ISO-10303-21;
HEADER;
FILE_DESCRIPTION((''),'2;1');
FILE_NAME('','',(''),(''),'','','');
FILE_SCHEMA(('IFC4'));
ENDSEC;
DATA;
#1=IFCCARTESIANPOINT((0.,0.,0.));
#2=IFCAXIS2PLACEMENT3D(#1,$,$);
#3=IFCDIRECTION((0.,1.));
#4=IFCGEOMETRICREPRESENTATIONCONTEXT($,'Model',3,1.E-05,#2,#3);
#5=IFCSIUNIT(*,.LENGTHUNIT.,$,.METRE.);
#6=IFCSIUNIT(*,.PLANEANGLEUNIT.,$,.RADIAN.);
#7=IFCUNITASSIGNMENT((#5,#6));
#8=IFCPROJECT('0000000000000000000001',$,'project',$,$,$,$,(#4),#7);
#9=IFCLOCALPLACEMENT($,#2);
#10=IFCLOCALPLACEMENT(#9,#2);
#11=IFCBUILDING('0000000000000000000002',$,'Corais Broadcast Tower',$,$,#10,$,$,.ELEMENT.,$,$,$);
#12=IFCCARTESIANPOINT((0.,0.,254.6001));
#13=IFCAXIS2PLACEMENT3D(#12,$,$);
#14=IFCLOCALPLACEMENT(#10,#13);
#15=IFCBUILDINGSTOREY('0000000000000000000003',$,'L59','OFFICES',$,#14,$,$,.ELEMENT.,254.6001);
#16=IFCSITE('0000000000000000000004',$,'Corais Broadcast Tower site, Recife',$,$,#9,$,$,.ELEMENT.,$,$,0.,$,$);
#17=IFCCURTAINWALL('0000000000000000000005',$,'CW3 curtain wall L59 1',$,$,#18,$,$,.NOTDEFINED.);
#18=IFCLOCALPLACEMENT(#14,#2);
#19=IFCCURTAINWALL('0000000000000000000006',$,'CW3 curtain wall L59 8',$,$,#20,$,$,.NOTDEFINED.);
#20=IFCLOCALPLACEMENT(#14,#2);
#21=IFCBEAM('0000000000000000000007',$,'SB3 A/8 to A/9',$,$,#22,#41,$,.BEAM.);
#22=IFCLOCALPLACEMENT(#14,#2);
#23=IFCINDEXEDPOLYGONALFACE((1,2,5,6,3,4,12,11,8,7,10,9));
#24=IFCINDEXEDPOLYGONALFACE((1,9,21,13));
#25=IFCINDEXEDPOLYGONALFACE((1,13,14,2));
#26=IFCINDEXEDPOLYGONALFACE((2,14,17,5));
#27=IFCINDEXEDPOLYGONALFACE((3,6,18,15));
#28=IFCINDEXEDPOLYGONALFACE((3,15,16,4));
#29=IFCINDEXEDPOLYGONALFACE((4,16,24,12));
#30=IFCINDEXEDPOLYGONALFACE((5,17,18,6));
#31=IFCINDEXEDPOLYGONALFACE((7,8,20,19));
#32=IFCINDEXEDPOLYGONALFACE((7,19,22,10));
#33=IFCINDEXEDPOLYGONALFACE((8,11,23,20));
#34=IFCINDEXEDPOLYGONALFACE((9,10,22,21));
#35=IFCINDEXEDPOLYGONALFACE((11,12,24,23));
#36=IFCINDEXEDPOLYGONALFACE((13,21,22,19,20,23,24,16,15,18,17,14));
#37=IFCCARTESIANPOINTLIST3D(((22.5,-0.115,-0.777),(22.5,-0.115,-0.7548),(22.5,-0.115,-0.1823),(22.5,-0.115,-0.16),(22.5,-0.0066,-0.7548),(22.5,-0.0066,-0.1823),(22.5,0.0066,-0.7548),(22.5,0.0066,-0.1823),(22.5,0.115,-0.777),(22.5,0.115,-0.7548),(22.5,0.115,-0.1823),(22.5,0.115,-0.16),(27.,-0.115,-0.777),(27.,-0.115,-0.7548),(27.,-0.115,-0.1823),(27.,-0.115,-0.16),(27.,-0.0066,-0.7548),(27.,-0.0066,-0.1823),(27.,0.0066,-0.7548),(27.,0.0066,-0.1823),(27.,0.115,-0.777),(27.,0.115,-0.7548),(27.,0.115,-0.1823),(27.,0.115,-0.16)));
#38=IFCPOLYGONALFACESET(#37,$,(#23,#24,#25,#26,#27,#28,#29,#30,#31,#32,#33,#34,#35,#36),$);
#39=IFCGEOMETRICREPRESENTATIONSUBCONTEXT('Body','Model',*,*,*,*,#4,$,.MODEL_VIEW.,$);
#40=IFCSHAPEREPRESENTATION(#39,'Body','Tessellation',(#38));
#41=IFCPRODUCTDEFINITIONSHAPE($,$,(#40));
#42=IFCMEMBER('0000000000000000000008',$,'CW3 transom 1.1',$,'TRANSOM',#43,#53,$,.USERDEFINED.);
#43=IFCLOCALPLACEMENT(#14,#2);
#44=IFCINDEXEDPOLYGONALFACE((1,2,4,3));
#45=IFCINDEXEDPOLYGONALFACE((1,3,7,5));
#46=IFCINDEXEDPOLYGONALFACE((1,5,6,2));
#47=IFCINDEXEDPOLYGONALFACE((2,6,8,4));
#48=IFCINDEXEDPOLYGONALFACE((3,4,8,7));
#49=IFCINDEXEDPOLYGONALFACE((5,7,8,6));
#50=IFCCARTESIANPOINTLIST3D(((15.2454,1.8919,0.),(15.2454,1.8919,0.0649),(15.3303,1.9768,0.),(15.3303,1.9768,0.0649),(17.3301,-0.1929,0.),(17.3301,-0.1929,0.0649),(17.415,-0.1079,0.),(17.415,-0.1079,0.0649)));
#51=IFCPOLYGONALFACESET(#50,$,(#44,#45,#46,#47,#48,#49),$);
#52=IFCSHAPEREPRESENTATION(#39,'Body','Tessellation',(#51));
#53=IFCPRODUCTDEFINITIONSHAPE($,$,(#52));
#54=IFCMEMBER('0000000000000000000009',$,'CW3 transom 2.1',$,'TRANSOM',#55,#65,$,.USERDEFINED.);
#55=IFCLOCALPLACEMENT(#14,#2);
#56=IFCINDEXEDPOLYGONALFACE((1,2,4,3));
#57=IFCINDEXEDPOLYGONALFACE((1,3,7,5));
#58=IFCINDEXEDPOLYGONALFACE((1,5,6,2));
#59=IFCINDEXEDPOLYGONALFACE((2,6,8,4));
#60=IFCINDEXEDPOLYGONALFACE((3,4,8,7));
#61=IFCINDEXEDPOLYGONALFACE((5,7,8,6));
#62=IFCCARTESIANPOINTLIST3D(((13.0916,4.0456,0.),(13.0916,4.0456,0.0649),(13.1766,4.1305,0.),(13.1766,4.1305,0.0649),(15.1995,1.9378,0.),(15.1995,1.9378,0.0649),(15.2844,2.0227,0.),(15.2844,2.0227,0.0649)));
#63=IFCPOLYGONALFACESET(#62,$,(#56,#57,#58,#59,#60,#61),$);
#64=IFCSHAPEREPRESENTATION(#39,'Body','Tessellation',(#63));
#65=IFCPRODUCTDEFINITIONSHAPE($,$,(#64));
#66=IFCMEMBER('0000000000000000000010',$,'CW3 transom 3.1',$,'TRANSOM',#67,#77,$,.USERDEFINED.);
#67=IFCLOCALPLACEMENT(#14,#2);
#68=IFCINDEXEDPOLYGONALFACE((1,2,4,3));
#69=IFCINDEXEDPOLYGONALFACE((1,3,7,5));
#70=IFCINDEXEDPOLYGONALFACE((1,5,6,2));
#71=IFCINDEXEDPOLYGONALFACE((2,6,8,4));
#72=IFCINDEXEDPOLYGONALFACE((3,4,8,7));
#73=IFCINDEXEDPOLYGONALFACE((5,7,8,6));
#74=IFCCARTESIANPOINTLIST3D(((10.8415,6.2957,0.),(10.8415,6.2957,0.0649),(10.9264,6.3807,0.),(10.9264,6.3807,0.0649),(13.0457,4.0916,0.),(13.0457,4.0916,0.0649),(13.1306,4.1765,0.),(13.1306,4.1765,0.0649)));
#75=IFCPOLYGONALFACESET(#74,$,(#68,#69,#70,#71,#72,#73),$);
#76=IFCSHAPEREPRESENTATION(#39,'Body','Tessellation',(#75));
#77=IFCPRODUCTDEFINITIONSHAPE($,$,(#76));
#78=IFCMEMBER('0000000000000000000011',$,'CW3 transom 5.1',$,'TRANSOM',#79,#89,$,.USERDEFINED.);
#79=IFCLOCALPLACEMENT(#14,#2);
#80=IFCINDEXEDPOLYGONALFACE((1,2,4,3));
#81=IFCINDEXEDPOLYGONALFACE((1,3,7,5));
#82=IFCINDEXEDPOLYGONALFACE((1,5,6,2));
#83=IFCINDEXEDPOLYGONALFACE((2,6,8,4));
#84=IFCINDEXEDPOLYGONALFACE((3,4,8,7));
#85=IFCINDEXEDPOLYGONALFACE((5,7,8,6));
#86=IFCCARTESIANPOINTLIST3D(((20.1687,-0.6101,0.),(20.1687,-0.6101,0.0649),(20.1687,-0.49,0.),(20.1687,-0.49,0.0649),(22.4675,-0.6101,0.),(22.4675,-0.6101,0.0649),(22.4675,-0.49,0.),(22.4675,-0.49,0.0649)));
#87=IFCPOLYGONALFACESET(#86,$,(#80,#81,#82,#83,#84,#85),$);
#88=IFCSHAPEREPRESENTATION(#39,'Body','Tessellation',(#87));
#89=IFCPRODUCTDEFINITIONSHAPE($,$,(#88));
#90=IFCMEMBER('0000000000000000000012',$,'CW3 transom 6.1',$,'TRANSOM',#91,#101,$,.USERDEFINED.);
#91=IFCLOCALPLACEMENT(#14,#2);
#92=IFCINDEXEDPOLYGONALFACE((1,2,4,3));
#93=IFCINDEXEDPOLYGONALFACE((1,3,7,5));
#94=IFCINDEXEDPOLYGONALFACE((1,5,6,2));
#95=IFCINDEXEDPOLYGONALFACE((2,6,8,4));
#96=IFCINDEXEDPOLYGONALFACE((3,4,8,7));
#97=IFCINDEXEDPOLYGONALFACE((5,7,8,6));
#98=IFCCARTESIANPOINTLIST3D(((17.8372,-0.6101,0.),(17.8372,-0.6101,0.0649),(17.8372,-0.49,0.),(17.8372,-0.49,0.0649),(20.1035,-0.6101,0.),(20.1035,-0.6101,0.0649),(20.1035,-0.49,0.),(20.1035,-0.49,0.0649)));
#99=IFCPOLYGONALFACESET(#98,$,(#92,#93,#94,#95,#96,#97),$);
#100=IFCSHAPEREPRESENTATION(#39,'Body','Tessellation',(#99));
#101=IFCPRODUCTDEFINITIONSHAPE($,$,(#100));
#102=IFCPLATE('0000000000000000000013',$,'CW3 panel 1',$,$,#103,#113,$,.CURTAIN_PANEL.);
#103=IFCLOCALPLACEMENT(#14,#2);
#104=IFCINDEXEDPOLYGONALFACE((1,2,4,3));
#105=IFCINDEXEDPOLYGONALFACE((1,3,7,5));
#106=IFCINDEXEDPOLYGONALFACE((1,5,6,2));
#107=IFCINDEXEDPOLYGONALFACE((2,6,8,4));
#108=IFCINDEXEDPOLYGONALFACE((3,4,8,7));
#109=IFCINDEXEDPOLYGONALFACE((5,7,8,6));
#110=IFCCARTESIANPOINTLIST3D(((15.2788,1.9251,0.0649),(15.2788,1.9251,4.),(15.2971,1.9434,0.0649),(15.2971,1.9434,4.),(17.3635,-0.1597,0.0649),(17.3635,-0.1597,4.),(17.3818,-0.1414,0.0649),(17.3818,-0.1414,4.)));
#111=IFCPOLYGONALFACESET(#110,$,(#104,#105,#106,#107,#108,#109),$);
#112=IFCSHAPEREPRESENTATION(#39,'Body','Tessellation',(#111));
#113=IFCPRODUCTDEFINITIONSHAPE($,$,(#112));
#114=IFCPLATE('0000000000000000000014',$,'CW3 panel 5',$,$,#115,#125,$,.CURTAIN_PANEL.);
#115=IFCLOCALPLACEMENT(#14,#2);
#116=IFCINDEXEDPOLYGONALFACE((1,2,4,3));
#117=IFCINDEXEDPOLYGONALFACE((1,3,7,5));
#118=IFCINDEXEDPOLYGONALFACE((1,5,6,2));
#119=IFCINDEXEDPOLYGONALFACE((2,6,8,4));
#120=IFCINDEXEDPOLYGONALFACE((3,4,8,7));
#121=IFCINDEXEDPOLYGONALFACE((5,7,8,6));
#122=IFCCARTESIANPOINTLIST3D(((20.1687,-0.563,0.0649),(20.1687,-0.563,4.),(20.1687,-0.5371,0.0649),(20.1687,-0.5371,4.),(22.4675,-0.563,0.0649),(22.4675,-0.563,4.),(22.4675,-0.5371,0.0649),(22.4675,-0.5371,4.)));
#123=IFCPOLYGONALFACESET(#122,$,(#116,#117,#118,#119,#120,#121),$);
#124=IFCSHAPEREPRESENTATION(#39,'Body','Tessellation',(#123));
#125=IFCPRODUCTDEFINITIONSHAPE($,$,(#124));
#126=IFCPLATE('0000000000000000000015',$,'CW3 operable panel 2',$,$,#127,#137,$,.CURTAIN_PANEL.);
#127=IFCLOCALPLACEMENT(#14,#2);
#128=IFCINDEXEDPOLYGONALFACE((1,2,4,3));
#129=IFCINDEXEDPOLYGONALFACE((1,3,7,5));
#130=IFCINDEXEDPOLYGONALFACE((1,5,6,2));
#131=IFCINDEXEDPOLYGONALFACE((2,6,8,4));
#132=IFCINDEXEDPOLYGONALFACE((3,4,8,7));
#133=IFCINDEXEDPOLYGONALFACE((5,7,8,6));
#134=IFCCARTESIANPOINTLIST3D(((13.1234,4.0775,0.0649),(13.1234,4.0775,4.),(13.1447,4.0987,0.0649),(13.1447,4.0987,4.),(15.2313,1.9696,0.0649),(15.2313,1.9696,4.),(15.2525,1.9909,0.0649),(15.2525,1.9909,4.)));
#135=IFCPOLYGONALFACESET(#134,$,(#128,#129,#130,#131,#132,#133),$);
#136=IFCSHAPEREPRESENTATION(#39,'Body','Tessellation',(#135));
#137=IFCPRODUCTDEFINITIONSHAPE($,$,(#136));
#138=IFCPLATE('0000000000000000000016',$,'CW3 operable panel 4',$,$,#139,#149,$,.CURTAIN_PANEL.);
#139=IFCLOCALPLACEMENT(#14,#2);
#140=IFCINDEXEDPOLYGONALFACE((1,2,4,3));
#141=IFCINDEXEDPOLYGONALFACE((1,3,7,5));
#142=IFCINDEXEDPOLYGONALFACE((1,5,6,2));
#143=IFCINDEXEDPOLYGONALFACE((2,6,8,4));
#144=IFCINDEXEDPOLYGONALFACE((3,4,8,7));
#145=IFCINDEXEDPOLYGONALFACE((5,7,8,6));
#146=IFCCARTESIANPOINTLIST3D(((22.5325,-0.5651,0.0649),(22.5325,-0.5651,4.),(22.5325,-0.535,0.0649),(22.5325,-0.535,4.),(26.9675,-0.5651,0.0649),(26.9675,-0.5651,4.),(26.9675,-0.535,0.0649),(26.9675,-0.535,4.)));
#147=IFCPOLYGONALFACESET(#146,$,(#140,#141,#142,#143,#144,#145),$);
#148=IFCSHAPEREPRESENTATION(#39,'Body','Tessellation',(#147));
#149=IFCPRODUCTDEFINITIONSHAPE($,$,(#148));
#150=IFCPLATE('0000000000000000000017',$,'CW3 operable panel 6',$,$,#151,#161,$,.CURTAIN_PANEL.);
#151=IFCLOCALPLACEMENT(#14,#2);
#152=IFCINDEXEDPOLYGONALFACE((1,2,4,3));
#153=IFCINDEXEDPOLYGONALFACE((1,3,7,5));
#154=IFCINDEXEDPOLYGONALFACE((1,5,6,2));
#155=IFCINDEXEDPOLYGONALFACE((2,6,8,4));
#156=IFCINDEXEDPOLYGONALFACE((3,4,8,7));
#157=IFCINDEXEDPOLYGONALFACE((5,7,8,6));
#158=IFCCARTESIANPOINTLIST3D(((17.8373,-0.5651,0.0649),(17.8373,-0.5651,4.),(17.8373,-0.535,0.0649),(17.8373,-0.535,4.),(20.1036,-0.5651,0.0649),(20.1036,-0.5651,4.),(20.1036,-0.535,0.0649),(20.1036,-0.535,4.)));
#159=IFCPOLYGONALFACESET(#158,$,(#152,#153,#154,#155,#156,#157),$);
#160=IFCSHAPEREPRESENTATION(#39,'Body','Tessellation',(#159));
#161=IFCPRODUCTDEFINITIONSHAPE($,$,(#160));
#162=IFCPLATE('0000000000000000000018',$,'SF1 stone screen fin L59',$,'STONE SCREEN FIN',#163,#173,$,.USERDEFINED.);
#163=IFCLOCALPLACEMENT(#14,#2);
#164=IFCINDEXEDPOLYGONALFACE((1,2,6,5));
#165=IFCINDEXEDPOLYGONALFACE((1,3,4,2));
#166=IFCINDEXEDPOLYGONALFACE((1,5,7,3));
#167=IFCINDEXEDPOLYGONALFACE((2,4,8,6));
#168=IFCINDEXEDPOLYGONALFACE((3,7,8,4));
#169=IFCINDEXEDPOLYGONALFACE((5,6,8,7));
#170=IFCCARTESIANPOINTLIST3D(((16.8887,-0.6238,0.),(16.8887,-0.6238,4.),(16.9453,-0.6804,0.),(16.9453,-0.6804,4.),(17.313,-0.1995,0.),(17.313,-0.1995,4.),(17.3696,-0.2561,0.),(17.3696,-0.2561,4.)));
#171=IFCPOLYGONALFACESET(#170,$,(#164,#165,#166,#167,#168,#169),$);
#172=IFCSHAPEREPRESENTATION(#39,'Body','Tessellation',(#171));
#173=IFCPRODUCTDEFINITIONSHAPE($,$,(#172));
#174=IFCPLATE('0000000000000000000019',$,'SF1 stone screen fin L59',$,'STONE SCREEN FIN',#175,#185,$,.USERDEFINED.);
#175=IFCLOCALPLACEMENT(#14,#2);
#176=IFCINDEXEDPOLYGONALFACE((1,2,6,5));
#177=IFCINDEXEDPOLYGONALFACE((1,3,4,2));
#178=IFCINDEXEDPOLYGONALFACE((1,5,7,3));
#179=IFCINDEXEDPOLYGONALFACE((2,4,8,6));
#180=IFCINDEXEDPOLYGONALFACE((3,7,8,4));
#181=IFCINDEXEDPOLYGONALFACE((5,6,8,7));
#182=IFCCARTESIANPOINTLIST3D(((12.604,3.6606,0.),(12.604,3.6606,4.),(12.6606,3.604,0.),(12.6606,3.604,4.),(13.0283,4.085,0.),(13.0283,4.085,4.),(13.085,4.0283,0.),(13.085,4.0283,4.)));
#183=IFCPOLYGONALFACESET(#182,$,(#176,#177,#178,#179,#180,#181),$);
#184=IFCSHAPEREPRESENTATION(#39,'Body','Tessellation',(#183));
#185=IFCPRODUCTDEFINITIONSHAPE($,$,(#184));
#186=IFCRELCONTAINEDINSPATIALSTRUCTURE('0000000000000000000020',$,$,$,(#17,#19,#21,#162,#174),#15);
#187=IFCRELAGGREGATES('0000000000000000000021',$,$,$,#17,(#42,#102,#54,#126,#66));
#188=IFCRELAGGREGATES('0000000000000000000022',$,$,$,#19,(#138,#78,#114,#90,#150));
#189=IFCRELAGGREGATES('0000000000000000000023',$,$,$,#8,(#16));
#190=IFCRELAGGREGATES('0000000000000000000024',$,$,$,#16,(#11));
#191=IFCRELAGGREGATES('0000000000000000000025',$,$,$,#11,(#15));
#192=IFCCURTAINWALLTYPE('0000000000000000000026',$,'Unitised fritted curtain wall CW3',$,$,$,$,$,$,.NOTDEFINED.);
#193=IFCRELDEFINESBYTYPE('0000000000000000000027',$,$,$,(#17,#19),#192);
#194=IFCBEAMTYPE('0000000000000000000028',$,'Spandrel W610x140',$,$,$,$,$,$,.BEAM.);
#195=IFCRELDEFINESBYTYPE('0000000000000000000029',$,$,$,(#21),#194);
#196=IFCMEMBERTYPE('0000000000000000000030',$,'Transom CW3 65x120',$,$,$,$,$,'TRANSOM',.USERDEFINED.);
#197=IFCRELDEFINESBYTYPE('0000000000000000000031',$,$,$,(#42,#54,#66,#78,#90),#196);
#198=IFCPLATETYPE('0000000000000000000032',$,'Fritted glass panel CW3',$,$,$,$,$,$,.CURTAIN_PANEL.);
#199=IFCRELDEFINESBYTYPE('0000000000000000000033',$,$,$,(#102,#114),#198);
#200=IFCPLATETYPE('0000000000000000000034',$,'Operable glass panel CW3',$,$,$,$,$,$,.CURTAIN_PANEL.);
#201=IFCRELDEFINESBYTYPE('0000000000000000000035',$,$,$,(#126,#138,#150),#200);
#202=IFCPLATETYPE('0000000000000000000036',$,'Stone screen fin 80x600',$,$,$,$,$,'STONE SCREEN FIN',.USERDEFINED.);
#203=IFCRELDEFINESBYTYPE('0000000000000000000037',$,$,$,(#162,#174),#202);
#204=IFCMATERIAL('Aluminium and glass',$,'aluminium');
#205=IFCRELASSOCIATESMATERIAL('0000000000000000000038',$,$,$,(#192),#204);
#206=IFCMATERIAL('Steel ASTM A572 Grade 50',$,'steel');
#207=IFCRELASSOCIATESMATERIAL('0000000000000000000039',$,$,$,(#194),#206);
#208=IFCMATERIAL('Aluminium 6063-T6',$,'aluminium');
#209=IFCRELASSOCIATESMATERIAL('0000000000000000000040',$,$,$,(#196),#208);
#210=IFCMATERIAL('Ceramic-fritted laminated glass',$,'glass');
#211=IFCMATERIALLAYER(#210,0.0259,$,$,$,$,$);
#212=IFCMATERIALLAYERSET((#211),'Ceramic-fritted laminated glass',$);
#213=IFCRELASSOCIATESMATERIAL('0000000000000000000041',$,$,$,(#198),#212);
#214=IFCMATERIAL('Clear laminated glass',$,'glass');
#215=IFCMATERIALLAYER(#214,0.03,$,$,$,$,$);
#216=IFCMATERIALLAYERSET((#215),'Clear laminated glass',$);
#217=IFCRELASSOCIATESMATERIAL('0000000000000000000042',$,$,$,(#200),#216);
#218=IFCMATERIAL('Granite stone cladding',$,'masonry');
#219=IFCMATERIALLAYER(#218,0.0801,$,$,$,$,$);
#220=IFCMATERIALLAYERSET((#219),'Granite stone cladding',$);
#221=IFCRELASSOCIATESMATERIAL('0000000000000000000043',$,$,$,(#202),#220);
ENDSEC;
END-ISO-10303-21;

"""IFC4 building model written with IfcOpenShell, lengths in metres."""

from ifc_helpers import new_model, si_unit, direction, frame, origin, origin_2d, place, context, subcontext, project, spatial, rectangle, i_section, extrude, material, layer, layer_set, material_profile, profile_set, type_object, element, aggregate, save


model = new_model("IFC4")

# Units and contexts
model_context = context("Model", 3, precision=1e-05, world=origin(), true_north=direction((0.0, 1.0)))
body_context = subcontext(model_context, "Body", "Model", "MODEL_VIEW")
ifc_project = project(units=[si_unit("LENGTHUNIT", "METRE"), si_unit("PLANEANGLEUNIT", "RADIAN")], contexts=[model_context])

# Site, building, storey
site_placement = place(None, origin())
site = spatial("IfcSite", under=ifc_project, at=site_placement, Name="Corais Broadcast Tower site, Recife", CompositionType="ELEMENT", RefElevation=0.0)
building_placement = place(site_placement, origin())
building = spatial("IfcBuilding", under=site, at=building_placement, Name="Corais Broadcast Tower", CompositionType="ELEMENT")
storey_placement = place(building_placement, frame((0.0, 0.0, 254.6001)))
storey = spatial("IfcBuildingStorey", under=building, at=storey_placement, Name="L59", Description="OFFICES", CompositionType="ELEMENT", Elevation=254.6001)

# Curtain walls
ifc_material_1 = material(Name="Aluminium and glass", Category="aluminium")
curtain_wall_type = type_object("IfcCurtainWallType", Name="Unitised fritted curtain wall CW3", PredefinedType="NOTDEFINED", material=ifc_material_1)
curtain_wall_1_placement = place(storey_placement, origin())
curtain_wall_1 = element("IfcCurtainWall", 1, at=curtain_wall_1_placement, inside=storey, type_object=curtain_wall_type, Name="CW3 curtain wall L59 1", PredefinedType="NOTDEFINED")
curtain_wall_2_placement = place(storey_placement, origin())
curtain_wall_2 = element("IfcCurtainWall", 2, at=curtain_wall_2_placement, inside=storey, type_object=curtain_wall_type, Name="CW3 curtain wall L59 8", PredefinedType="NOTDEFINED")

# Beam
ifc_material_2 = material(Name="Steel ASTM A572 Grade 50", Category="steel")
ifc_material_profile_1 = material_profile(ifc_material_2, i_section(OverallWidth=0.23, OverallDepth=0.6169, WebThickness=0.0132, FlangeThickness=0.0222, at=origin_2d()), Name="W610x140")
ifc_profile_set_1 = profile_set([ifc_material_profile_1], Name="Steel ASTM A572 Grade 50")
beam_type_1 = type_object("IfcBeamType", Name="Spandrel W610x140", PredefinedType="BEAM", material=ifc_profile_set_1)
for number, where, z_axis, x_axis, name in (
    (3, (22.5, 0.0, -0.4685), (1.0, 0.0, 0.0), (0.0, 1.0, 0.0), "SB3 A/8 to A/9"),
):
    element("IfcBeam", number, at=place(storey_placement, frame(where, z_axis=z_axis, x_axis=x_axis)), inside=storey, type_object=beam_type_1, Name=name, PredefinedType="BEAM", context=body_context, shape_type="SweptSolid", body=[
        extrude(i_section(OverallWidth=0.23, OverallDepth=0.6169, WebThickness=0.0132, FlangeThickness=0.0222, at=origin_2d()), origin(), (0.0, 0.0, 1.0), 4.5),
    ])

# Members
ifc_material_3 = material(Name="Aluminium 6063-T6", Category="aluminium")
ifc_material_profile_2 = material_profile(ifc_material_3, rectangle(XDim=0.1201, YDim=0.0649, at=origin_2d()), Name="Transom CW3 65x120")
ifc_profile_set_2 = profile_set([ifc_material_profile_2], Name="Aluminium 6063-T6")
member_type_1 = type_object("IfcMemberType", Name="Transom CW3 65x120", ElementType="TRANSOM", PredefinedType="USERDEFINED", material=ifc_profile_set_2)
member_1_placement = place(storey_placement, frame((17.3726, -0.1504, 0.0325), z_axis=(-0.707107, 0.707107, 0.0), x_axis=(-0.707107, -0.707107, 0.0)))
member_1 = element("IfcMember", 4, at=member_1_placement, type_object=member_type_1, Name="CW3 transom 1.1", ObjectType="TRANSOM", PredefinedType="USERDEFINED", context=body_context, shape_type="SweptSolid", body=[
    extrude(rectangle(XDim=0.1201, YDim=0.0649, at=origin_2d()), origin(), (0.0, 0.0, 1.0), 2.9482),
])
member_2_placement = place(storey_placement, frame((15.2419, 1.9802, 0.0325), z_axis=(-0.707107, 0.707107, 0.0), x_axis=(-0.707107, -0.707107, 0.0)))
member_2 = element("IfcMember", 5, at=member_2_placement, type_object=member_type_1, Name="CW3 transom 2.1", ObjectType="TRANSOM", PredefinedType="USERDEFINED", context=body_context, shape_type="SweptSolid", body=[
    extrude(rectangle(XDim=0.1201, YDim=0.0649, at=origin_2d()), origin(), (0.0, 0.0, 1.0), 2.981),
])
member_3_placement = place(storey_placement, frame((13.0881, 4.134, 0.0325), z_axis=(-0.707107, 0.707107, 0.0), x_axis=(-0.707107, -0.707107, 0.0)))
member_3 = element("IfcMember", 6, at=member_3_placement, type_object=member_type_1, Name="CW3 transom 3.1", ObjectType="TRANSOM", PredefinedType="USERDEFINED", context=body_context, shape_type="SweptSolid", body=[
    extrude(rectangle(XDim=0.1201, YDim=0.0649, at=origin_2d()), origin(), (0.0, 0.0, 1.0), 3.1172),
])
member_4_placement = place(storey_placement, frame((22.4675, -0.55, 0.0325), z_axis=(-1.0, 0.0, 0.0), x_axis=(0.0, -1.0, 0.0)))
member_4 = element("IfcMember", 7, at=member_4_placement, type_object=member_type_1, Name="CW3 transom 5.1", ObjectType="TRANSOM", PredefinedType="USERDEFINED", context=body_context, shape_type="SweptSolid", body=[
    extrude(rectangle(XDim=0.1201, YDim=0.0649, at=origin_2d()), origin(), (0.0, 0.0, 1.0), 2.2988),
])
member_5_placement = place(storey_placement, frame((20.1035, -0.55, 0.0325), z_axis=(-1.0, 0.0, 0.0), x_axis=(0.0, -1.0, 0.0)))
member_5 = element("IfcMember", 8, at=member_5_placement, type_object=member_type_1, Name="CW3 transom 6.1", ObjectType="TRANSOM", PredefinedType="USERDEFINED", context=body_context, shape_type="SweptSolid", body=[
    extrude(rectangle(XDim=0.1201, YDim=0.0649, at=origin_2d()), origin(), (0.0, 0.0, 1.0), 2.2664),
])

# Plates
ifc_material_4 = material(Name="Ceramic-fritted laminated glass", Category="glass")
ifc_layer_1 = layer(ifc_material_4, 0.0259)
ifc_layer_set_1 = layer_set([ifc_layer_1], Name="Ceramic-fritted laminated glass")
plate_type_1 = type_object("IfcPlateType", Name="Fritted glass panel CW3", PredefinedType="CURTAIN_PANEL", material=ifc_layer_set_1)
plate_1_placement = place(storey_placement, frame((16.3303, 0.8918, 0.0649), z_axis=(0.0, 0.0, 1.0), x_axis=(-0.707107, 0.707107, 0.0)))
plate_1 = element("IfcPlate", 9, at=plate_1_placement, type_object=plate_type_1, Name="CW3 panel 1", PredefinedType="CURTAIN_PANEL", context=body_context, shape_type="SweptSolid", body=[
    extrude(rectangle(XDim=2.9482, YDim=0.0259, at=origin_2d()), origin(), (0.0, 0.0, 1.0), 3.9351),
])
plate_2_placement = place(storey_placement, frame((21.3181, -0.55, 0.0649), z_axis=(0.0, 0.0, 1.0), x_axis=(-1.0, 0.0, 0.0)))
plate_2 = element("IfcPlate", 10, at=plate_2_placement, type_object=plate_type_1, Name="CW3 panel 5", PredefinedType="CURTAIN_PANEL", context=body_context, shape_type="SweptSolid", body=[
    extrude(rectangle(XDim=2.2988, YDim=0.0259, at=origin_2d()), origin(), (0.0, 0.0, 1.0), 3.9351),
])
ifc_material_5 = material(Name="Clear laminated glass", Category="glass")
ifc_layer_2 = layer(ifc_material_5, 0.03)
ifc_layer_set_2 = layer_set([ifc_layer_2], Name="Clear laminated glass")
plate_type_2 = type_object("IfcPlateType", Name="Operable glass panel CW3", PredefinedType="CURTAIN_PANEL", material=ifc_layer_set_2)
plate_3_placement = place(storey_placement, frame((14.188, 3.0342, 0.0649), z_axis=(0.0, 0.0, 1.0), x_axis=(-0.707107, 0.707107, 0.0)))
plate_3 = element("IfcPlate", 11, at=plate_3_placement, type_object=plate_type_2, Name="CW3 operable panel 2", PredefinedType="CURTAIN_PANEL", context=body_context, shape_type="SweptSolid", body=[
    extrude(rectangle(XDim=2.981, YDim=0.03, at=origin_2d()), origin(), (0.0, 0.0, 1.0), 3.9351),
])
aggregate(curtain_wall_1, [member_1, plate_1, member_2, plate_3, member_3])
plate_4_placement = place(storey_placement, frame((24.75, -0.55, 0.0649), z_axis=(0.0, 0.0, 1.0), x_axis=(-1.0, 0.0, 0.0)))
plate_4 = element("IfcPlate", 12, at=plate_4_placement, type_object=plate_type_2, Name="CW3 operable panel 4", PredefinedType="CURTAIN_PANEL", context=body_context, shape_type="SweptSolid", body=[
    extrude(rectangle(XDim=4.4351, YDim=0.03, at=origin_2d()), origin(), (0.0, 0.0, 1.0), 3.9351),
])
plate_5_placement = place(storey_placement, frame((18.9705, -0.55, 0.0649), z_axis=(0.0, 0.0, 1.0), x_axis=(-1.0, 0.0, 0.0)))
plate_5 = element("IfcPlate", 13, at=plate_5_placement, type_object=plate_type_2, Name="CW3 operable panel 6", PredefinedType="CURTAIN_PANEL", context=body_context, shape_type="SweptSolid", body=[
    extrude(rectangle(XDim=2.2664, YDim=0.03, at=origin_2d()), origin(), (0.0, 0.0, 1.0), 3.9351),
])
aggregate(curtain_wall_2, [plate_4, member_4, plate_2, member_5, plate_5])

# Plates
ifc_material_6 = material(Name="Granite stone cladding", Category="masonry")
ifc_layer_3 = layer(ifc_material_6, 0.0801)
ifc_layer_set_3 = layer_set([ifc_layer_3], Name="Granite stone cladding")
plate_type_3 = type_object("IfcPlateType", Name="Stone screen fin 80x600", ElementType="STONE SCREEN FIN", PredefinedType="USERDEFINED", material=ifc_layer_set_3)
for number, where, z_axis, x_axis, name in (
    (14, (17.1292, -0.4399, 0.0), (0.0, 0.0, 1.0), (-0.707107, 0.707107, 0.0), "SF1 stone screen fin L59"),
    (15, (12.8445, 3.8445, 0.0), (0.0, 0.0, 1.0), (-0.707107, 0.707107, 0.0), "SF1 stone screen fin L59"),
):
    element("IfcPlate", number, at=place(storey_placement, frame(where, z_axis=z_axis, x_axis=x_axis)), inside=storey, type_object=plate_type_3, Name=name, ObjectType="STONE SCREEN FIN", PredefinedType="USERDEFINED", context=body_context, shape_type="SweptSolid", body=[
        extrude(rectangle(XDim=0.0801, YDim=0.6001, at=origin_2d()), origin(), (0.0, 0.0, 1.0), 4.0),
    ])

save(model, "model.ifc")
